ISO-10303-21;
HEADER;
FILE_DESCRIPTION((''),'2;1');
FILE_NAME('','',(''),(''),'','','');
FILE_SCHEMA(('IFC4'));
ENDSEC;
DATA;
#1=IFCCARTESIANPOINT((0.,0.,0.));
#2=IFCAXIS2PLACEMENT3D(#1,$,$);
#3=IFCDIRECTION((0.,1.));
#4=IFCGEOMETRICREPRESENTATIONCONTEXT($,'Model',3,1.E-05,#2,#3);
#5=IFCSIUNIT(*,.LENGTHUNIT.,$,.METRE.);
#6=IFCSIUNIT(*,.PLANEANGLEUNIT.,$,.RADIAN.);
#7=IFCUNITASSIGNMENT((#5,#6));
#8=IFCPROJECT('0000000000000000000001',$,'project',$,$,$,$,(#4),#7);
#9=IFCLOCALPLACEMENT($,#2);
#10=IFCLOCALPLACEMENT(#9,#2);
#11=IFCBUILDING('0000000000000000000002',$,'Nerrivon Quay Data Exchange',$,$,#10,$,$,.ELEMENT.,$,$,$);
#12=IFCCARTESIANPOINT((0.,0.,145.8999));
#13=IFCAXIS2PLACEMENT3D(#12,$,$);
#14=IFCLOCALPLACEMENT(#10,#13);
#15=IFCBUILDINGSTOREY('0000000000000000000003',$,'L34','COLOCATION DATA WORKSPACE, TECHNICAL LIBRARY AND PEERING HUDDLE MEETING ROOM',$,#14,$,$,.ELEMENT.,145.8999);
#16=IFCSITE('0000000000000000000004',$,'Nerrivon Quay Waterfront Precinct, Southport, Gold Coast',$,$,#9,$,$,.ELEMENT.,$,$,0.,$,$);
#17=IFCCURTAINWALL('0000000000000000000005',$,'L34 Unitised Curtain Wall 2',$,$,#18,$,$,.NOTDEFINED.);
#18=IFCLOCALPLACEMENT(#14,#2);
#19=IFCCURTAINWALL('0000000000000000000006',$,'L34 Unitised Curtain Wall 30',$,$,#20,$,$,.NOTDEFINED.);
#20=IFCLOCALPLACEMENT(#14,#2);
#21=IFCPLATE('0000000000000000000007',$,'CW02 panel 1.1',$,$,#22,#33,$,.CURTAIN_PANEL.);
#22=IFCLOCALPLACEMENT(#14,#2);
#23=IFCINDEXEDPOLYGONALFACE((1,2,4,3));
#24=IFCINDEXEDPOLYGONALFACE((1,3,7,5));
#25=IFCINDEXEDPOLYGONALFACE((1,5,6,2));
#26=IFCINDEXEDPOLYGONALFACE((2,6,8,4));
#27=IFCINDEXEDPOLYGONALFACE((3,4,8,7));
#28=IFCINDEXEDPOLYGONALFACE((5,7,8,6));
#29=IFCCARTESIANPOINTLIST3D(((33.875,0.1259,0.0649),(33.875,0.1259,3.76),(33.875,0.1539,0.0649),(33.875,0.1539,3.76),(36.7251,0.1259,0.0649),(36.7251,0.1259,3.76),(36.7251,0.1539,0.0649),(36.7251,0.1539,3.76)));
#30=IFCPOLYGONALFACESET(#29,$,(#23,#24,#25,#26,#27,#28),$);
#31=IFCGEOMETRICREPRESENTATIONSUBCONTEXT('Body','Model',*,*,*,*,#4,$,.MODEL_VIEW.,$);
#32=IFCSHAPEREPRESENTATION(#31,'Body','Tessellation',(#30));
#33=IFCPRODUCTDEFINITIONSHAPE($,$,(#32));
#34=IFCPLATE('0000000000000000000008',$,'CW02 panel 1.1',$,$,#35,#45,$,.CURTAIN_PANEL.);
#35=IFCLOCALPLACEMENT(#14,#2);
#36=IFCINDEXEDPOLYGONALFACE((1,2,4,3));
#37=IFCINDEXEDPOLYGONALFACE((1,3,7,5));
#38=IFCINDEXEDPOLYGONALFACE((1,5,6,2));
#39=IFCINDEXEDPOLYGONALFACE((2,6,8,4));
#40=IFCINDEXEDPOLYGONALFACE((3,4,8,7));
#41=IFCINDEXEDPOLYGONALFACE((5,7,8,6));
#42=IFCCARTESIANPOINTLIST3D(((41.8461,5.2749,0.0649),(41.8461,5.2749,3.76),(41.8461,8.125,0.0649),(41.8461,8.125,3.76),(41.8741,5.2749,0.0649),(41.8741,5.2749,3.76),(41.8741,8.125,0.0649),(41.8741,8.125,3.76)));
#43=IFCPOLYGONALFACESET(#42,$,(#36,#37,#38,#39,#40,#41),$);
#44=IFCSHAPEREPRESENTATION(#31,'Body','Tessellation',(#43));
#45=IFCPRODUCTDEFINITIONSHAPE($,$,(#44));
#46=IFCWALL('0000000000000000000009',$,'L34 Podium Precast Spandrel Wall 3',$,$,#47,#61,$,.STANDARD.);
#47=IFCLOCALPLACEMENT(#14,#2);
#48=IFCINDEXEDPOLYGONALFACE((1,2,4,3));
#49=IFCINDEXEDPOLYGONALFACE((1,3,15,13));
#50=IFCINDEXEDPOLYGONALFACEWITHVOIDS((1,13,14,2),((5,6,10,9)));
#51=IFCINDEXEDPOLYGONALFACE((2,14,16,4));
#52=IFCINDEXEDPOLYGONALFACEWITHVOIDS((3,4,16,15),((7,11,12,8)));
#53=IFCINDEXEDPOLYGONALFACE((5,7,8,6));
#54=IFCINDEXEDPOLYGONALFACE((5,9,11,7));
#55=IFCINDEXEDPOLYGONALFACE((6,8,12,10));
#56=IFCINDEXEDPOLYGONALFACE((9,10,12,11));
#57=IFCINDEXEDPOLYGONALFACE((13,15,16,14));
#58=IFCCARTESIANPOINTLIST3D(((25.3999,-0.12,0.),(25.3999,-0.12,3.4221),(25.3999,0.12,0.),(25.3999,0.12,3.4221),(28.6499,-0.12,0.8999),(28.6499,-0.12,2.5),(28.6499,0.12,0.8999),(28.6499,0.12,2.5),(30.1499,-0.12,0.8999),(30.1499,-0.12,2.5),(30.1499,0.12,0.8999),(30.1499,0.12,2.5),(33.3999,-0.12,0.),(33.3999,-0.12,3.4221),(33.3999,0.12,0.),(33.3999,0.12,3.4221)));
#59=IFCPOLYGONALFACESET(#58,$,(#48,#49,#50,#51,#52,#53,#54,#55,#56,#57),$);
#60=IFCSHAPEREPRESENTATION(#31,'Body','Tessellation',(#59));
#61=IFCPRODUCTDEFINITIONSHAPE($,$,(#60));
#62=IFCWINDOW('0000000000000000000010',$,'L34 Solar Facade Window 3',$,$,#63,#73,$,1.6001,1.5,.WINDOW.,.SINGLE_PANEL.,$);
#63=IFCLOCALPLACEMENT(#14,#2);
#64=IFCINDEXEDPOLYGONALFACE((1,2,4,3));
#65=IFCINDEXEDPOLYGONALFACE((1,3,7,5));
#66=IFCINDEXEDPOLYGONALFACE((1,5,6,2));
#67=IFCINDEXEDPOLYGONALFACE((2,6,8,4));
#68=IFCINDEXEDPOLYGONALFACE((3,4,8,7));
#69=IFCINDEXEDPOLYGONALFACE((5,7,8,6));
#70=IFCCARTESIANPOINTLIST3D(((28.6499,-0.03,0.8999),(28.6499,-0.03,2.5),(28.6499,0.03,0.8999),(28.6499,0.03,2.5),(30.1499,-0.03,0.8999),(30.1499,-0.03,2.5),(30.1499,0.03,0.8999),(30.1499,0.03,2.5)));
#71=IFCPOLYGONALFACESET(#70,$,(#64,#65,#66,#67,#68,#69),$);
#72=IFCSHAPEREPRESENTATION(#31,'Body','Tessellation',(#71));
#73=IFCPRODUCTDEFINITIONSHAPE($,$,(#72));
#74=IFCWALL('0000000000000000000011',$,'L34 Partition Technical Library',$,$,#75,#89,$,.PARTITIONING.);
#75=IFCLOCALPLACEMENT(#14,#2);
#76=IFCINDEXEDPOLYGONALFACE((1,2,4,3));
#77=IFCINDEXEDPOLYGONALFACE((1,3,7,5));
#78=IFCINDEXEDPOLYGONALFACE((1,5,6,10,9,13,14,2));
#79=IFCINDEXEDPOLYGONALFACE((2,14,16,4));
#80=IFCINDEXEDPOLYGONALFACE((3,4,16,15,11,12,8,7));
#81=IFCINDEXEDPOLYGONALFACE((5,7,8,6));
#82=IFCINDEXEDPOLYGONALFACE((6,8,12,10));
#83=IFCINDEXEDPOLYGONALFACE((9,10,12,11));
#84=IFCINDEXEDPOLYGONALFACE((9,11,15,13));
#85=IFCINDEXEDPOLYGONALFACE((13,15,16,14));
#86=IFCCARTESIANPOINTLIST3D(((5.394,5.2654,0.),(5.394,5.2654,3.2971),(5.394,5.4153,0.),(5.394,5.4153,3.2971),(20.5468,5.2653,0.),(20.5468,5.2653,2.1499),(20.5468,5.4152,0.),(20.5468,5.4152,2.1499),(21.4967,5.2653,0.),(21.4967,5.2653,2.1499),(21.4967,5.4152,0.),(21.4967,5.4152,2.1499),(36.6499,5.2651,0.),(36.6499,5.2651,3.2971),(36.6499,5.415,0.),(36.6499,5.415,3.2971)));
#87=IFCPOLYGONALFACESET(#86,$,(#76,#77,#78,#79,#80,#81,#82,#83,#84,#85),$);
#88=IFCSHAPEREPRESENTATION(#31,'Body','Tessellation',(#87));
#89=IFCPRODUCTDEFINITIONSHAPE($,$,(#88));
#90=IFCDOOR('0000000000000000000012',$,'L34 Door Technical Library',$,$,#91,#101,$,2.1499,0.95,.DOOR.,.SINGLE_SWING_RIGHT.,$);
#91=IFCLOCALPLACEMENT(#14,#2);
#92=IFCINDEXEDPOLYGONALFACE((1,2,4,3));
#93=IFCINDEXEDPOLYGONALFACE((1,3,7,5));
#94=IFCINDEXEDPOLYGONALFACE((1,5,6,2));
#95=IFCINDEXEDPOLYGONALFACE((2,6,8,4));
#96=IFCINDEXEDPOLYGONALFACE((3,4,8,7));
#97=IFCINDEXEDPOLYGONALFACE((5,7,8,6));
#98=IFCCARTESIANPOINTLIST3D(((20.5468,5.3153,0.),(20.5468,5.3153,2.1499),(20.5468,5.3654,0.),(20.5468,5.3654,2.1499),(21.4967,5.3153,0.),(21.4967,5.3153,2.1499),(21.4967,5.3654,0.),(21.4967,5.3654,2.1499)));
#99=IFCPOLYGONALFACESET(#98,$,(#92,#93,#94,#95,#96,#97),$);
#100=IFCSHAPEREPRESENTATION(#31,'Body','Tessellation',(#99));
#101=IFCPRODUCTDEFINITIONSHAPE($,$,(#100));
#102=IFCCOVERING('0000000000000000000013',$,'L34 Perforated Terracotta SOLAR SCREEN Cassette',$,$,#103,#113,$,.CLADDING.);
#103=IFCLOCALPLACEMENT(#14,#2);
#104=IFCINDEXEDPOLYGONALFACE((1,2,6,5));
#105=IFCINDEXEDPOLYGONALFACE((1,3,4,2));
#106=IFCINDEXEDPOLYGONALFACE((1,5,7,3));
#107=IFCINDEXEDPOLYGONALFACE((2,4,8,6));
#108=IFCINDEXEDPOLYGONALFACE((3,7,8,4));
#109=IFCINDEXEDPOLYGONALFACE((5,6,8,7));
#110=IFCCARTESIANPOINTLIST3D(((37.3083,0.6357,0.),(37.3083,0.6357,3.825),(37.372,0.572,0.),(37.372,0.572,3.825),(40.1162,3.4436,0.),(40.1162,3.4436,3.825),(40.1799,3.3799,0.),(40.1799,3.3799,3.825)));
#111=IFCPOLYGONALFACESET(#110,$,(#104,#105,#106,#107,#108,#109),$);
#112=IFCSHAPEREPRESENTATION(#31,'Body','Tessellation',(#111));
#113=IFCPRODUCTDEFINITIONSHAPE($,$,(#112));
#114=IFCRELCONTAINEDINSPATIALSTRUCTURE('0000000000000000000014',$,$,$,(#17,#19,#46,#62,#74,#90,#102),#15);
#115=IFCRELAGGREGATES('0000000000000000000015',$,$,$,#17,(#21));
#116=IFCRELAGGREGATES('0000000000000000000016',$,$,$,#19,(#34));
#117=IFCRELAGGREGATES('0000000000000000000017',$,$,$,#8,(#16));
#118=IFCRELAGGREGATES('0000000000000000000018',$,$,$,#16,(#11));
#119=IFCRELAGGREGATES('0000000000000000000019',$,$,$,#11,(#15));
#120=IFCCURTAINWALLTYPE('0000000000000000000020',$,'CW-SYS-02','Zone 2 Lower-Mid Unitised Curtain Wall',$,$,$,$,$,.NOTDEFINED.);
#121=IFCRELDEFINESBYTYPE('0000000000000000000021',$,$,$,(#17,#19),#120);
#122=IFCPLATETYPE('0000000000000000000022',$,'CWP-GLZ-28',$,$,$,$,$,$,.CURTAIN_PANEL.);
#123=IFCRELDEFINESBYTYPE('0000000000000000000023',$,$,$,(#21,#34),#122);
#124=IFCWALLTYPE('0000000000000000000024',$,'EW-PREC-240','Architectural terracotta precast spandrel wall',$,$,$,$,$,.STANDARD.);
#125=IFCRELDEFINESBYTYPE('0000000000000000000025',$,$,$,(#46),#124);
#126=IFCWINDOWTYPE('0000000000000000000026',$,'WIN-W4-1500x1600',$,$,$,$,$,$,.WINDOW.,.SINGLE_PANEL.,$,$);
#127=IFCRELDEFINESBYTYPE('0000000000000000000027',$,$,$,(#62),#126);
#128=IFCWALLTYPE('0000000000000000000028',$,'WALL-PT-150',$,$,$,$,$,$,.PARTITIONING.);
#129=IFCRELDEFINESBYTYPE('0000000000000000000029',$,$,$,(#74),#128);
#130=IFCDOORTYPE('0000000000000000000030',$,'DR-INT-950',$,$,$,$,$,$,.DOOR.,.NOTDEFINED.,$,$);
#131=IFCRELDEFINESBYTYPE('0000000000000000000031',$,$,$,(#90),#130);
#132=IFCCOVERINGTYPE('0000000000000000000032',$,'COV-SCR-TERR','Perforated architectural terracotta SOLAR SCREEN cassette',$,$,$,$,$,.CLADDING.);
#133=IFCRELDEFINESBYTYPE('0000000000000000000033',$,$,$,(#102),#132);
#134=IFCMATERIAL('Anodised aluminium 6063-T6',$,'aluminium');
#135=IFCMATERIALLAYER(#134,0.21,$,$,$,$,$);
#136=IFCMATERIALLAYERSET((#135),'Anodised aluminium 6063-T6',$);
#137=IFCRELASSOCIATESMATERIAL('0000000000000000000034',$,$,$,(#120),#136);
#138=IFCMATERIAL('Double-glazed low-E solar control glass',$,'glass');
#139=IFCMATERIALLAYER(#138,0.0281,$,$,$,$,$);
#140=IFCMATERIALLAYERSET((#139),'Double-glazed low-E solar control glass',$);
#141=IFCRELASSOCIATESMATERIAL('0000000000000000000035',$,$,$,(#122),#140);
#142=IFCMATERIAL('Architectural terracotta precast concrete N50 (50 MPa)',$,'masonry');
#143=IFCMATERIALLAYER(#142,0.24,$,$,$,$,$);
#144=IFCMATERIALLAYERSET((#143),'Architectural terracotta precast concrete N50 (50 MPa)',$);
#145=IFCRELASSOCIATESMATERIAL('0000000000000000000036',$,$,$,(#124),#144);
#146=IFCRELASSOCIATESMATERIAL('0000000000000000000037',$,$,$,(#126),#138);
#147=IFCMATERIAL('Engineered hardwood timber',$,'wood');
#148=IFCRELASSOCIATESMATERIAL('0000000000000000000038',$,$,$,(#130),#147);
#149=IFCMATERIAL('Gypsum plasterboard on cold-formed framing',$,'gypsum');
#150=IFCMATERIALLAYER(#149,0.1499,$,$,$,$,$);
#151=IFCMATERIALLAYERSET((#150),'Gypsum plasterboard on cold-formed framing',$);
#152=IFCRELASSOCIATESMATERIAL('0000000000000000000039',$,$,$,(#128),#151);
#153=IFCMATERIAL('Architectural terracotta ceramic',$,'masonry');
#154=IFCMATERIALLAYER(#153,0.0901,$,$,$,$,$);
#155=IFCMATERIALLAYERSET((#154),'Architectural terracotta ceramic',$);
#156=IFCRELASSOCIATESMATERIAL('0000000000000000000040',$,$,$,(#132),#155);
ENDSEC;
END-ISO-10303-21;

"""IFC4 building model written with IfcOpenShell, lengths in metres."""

from ifc_helpers import new_model, si_unit, direction, frame, frame_2d, origin, origin_2d, place, context, subcontext, project, spatial, rectangle, extrude, material, layer, layer_set, type_object, element, fill, aggregate, save


model = new_model("IFC4")

# Units and contexts
model_context = context("Model", 3, precision=1e-05, world=origin(), true_north=direction((0.0, 1.0)))
body_context = subcontext(model_context, "Body", "Model", "MODEL_VIEW")
ifc_project = project(units=[si_unit("LENGTHUNIT", "METRE"), si_unit("PLANEANGLEUNIT", "RADIAN")], contexts=[model_context])

# Site, building, storey
site_placement = place(None, origin())
site = spatial("IfcSite", under=ifc_project, at=site_placement, Name="Nerrivon Quay Waterfront Precinct, Southport, Gold Coast", CompositionType="ELEMENT", RefElevation=0.0)
building_placement = place(site_placement, origin())
building = spatial("IfcBuilding", under=site, at=building_placement, Name="Nerrivon Quay Data Exchange", CompositionType="ELEMENT")
storey_placement = place(building_placement, frame((0.0, 0.0, 145.8999)))
storey = spatial("IfcBuildingStorey", under=building, at=storey_placement, Name="L34", Description="COLOCATION DATA WORKSPACE, TECHNICAL LIBRARY AND PEERING HUDDLE MEETING ROOM", CompositionType="ELEMENT", Elevation=145.8999)

# Curtain walls
ifc_material_1 = material(Name="Anodised aluminium 6063-T6", Category="aluminium")
ifc_layer_1 = layer(ifc_material_1, 0.21)
ifc_layer_set_1 = layer_set([ifc_layer_1], Name="Anodised aluminium 6063-T6")
curtain_wall_type = type_object("IfcCurtainWallType", Name="CW-SYS-02", Description="Zone 2 Lower-Mid Unitised Curtain Wall", PredefinedType="NOTDEFINED", material=ifc_layer_set_1)
curtain_wall_1_placement = place(storey_placement, origin())
curtain_wall_1 = element("IfcCurtainWall", 1, at=curtain_wall_1_placement, inside=storey, type_object=curtain_wall_type, Name="L34 Unitised Curtain Wall 2", PredefinedType="NOTDEFINED")
curtain_wall_2_placement = place(storey_placement, origin())
curtain_wall_2 = element("IfcCurtainWall", 2, at=curtain_wall_2_placement, inside=storey, type_object=curtain_wall_type, Name="L34 Unitised Curtain Wall 30", PredefinedType="NOTDEFINED")

# Plates
ifc_material_2 = material(Name="Double-glazed low-E solar control glass", Category="glass")
ifc_layer_2 = layer(ifc_material_2, 0.0281)
ifc_layer_set_2 = layer_set([ifc_layer_2], Name="Double-glazed low-E solar control glass")
plate_type = type_object("IfcPlateType", Name="CWP-GLZ-28", PredefinedType="CURTAIN_PANEL", material=ifc_layer_set_2)
plate_1_placement = place(storey_placement, frame((35.3, 0.1399, 0.0649), z_axis=(0.0, 0.0, 1.0), x_axis=(-1.0, 0.0, 0.0)))
plate_1 = element("IfcPlate", 3, at=plate_1_placement, type_object=plate_type, Name="CW02 panel 1.1", PredefinedType="CURTAIN_PANEL", context=body_context, shape_type="SweptSolid", body=[
    extrude(rectangle(XDim=2.8501, YDim=0.0281, at=origin_2d()), origin(), (0.0, 0.0, 1.0), 3.6951),
])
aggregate(curtain_wall_1, [plate_1])
plate_2_placement = place(storey_placement, frame((41.8601, 6.7, 0.0649), z_axis=(0.0, 0.0, 1.0), x_axis=(0.0, -1.0, 0.0)))
plate_2 = element("IfcPlate", 4, at=plate_2_placement, type_object=plate_type, Name="CW02 panel 1.1", PredefinedType="CURTAIN_PANEL", context=body_context, shape_type="SweptSolid", body=[
    extrude(rectangle(XDim=2.8501, YDim=0.0281, at=origin_2d()), origin(), (0.0, 0.0, 1.0), 3.6951),
])
aggregate(curtain_wall_2, [plate_2])

# Wall, opening, window
ifc_material_3 = material(Name="Architectural terracotta precast concrete N50 (50 MPa)", Category="masonry")
ifc_layer_3 = layer(ifc_material_3, 0.24)
ifc_layer_set_3 = layer_set([ifc_layer_3], Name="Architectural terracotta precast concrete N50 (50 MPa)")
wall_type_1 = type_object("IfcWallType", Name="EW-PREC-240", Description="Architectural terracotta precast spandrel wall", PredefinedType="STANDARD", material=ifc_layer_set_3)
wall_1_placement = place(storey_placement, frame((33.3999, 0.0, 0.0), z_axis=(0.0, 0.0, 1.0), x_axis=(-1.0, 0.0, 0.0)))
wall_1 = element("IfcWall", 5, at=wall_1_placement, inside=storey, type_object=wall_type_1, Name="L34 Podium Precast Spandrel Wall 3", PredefinedType="STANDARD", context=body_context, shape_type="SweptSolid", body=[
    extrude(rectangle(XDim=8.0, YDim=0.24, at=frame_2d((4.0, 0.0))), origin(), (0.0, 0.0, 1.0), 3.4221),
])
opening_1_placement = place(wall_1_placement, frame((3.25, 0.0, 0.8999)))
opening_1 = element("IfcOpeningElement", 6, at=opening_1_placement, cuts=wall_1, PredefinedType="OPENING", context=body_context, shape_type="SweptSolid", body=[
    extrude(rectangle(XDim=1.5, YDim=1.6001, at=frame_2d((0.75, 0.8))), frame((0.0, 0.1299, 0.0), z_axis=(0.0, -1.0, 0.0), x_axis=(1.0, 0.0, 0.0)), (0.0, 0.0, 1.0), 0.26),
])
window_type = type_object("IfcWindowType", Name="WIN-W4-1500x1600", PartitioningType="SINGLE_PANEL", PredefinedType="WINDOW", material=ifc_material_2)
window_placement = place(opening_1_placement, origin())
window = element("IfcWindow", 7, at=window_placement, inside=storey, type_object=window_type, Name="L34 Solar Facade Window 3", OverallHeight=1.6001, OverallWidth=1.5, PartitioningType="SINGLE_PANEL", PredefinedType="WINDOW", context=body_context, shape_type="SweptSolid", body=[
    extrude(rectangle(XDim=1.5, YDim=1.6001, at=frame_2d((0.75, 0.8))), frame((0.0, 0.03, 0.0), z_axis=(0.0, -1.0, 0.0), x_axis=(1.0, 0.0, 0.0)), (0.0, 0.0, 1.0), 0.0601),
])
fill(opening_1, window)

# Wall, opening, door
ifc_material_4 = material(Name="Gypsum plasterboard on cold-formed framing", Category="gypsum")
ifc_material_5 = material(Name="Engineered hardwood timber", Category="wood")
door_type = type_object("IfcDoorType", Name="DR-INT-950", OperationType="NOTDEFINED", PredefinedType="DOOR", material=ifc_material_5)
ifc_layer_4 = layer(ifc_material_4, 0.1499)
ifc_layer_set_4 = layer_set([ifc_layer_4], Name="Gypsum plasterboard on cold-formed framing")
wall_type_2 = type_object("IfcWallType", Name="WALL-PT-150", PredefinedType="PARTITIONING", material=ifc_layer_set_4)
wall_2_placement = place(storey_placement, frame((36.6499, 5.3401, 0.0), z_axis=(0.0, 0.0, 1.0), x_axis=(-1.0, 0.000008, 0.0)))
wall_2 = element("IfcWall", 8, at=wall_2_placement, inside=storey, type_object=wall_type_2, Name="L34 Partition Technical Library", PredefinedType="PARTITIONING", context=body_context, shape_type="SweptSolid", body=[
    extrude(rectangle(XDim=31.2559, YDim=0.1499, at=frame_2d((15.6279, 0.0))), origin(), (0.0, 0.0, 1.0), 3.2971),
])
opening_2_placement = place(wall_2_placement, frame((15.1531, 0.0, 0.0)))
opening_2 = element("IfcOpeningElement", 9, at=opening_2_placement, cuts=wall_2, PredefinedType="OPENING", context=body_context, shape_type="SweptSolid", body=[
    extrude(rectangle(XDim=0.95, YDim=2.1499, at=frame_2d((0.4751, 1.075))), frame((0.0, 0.085, 0.0), z_axis=(0.0, -1.0, 0.0), x_axis=(1.0, 0.0, 0.0)), (0.0, 0.0, 1.0), 0.1699),
])
door_1_placement = place(opening_2_placement, origin())
door_1 = element("IfcDoor", 10, at=door_1_placement, inside=storey, type_object=door_type, Name="L34 Door Technical Library", OperationType="SINGLE_SWING_RIGHT", OverallHeight=2.1499, OverallWidth=0.95, PredefinedType="DOOR", context=body_context, shape_type="SweptSolid", body=[
    extrude(rectangle(XDim=0.95, YDim=2.1499, at=frame_2d((0.4751, 1.075))), frame((0.0, 0.0249, 0.0), z_axis=(0.0, -1.0, 0.0), x_axis=(1.0, 0.0, 0.0)), (0.0, 0.0, 1.0), 0.05),
])
fill(opening_2, door_1)

# Covering
ifc_material_6 = material(Name="Architectural terracotta ceramic", Category="masonry")
ifc_layer_5 = layer(ifc_material_6, 0.0901)
ifc_layer_set_5 = layer_set([ifc_layer_5], Name="Architectural terracotta ceramic")
covering_type = type_object("IfcCoveringType", Name="COV-SCR-TERR", Description="Perforated architectural terracotta SOLAR SCREEN cassette", PredefinedType="CLADDING", material=ifc_layer_set_5)
covering_placement = place(storey_placement, frame((38.7441, 2.0078, 0.0), z_axis=(0.0, 0.0, 1.0), x_axis=(-0.707107, -0.707107, 0.0)))
element("IfcCovering", 11, at=covering_placement, inside=storey, type_object=covering_type, Name="L34 Perforated Terracotta SOLAR SCREEN Cassette", PredefinedType="CLADDING", context=body_context, shape_type="SweptSolid", body=[
    extrude(rectangle(XDim=3.9709, YDim=0.0901, at=origin_2d()), origin(), (0.0, 0.0, 1.0), 3.825),
])

save(model, "model.ifc")
